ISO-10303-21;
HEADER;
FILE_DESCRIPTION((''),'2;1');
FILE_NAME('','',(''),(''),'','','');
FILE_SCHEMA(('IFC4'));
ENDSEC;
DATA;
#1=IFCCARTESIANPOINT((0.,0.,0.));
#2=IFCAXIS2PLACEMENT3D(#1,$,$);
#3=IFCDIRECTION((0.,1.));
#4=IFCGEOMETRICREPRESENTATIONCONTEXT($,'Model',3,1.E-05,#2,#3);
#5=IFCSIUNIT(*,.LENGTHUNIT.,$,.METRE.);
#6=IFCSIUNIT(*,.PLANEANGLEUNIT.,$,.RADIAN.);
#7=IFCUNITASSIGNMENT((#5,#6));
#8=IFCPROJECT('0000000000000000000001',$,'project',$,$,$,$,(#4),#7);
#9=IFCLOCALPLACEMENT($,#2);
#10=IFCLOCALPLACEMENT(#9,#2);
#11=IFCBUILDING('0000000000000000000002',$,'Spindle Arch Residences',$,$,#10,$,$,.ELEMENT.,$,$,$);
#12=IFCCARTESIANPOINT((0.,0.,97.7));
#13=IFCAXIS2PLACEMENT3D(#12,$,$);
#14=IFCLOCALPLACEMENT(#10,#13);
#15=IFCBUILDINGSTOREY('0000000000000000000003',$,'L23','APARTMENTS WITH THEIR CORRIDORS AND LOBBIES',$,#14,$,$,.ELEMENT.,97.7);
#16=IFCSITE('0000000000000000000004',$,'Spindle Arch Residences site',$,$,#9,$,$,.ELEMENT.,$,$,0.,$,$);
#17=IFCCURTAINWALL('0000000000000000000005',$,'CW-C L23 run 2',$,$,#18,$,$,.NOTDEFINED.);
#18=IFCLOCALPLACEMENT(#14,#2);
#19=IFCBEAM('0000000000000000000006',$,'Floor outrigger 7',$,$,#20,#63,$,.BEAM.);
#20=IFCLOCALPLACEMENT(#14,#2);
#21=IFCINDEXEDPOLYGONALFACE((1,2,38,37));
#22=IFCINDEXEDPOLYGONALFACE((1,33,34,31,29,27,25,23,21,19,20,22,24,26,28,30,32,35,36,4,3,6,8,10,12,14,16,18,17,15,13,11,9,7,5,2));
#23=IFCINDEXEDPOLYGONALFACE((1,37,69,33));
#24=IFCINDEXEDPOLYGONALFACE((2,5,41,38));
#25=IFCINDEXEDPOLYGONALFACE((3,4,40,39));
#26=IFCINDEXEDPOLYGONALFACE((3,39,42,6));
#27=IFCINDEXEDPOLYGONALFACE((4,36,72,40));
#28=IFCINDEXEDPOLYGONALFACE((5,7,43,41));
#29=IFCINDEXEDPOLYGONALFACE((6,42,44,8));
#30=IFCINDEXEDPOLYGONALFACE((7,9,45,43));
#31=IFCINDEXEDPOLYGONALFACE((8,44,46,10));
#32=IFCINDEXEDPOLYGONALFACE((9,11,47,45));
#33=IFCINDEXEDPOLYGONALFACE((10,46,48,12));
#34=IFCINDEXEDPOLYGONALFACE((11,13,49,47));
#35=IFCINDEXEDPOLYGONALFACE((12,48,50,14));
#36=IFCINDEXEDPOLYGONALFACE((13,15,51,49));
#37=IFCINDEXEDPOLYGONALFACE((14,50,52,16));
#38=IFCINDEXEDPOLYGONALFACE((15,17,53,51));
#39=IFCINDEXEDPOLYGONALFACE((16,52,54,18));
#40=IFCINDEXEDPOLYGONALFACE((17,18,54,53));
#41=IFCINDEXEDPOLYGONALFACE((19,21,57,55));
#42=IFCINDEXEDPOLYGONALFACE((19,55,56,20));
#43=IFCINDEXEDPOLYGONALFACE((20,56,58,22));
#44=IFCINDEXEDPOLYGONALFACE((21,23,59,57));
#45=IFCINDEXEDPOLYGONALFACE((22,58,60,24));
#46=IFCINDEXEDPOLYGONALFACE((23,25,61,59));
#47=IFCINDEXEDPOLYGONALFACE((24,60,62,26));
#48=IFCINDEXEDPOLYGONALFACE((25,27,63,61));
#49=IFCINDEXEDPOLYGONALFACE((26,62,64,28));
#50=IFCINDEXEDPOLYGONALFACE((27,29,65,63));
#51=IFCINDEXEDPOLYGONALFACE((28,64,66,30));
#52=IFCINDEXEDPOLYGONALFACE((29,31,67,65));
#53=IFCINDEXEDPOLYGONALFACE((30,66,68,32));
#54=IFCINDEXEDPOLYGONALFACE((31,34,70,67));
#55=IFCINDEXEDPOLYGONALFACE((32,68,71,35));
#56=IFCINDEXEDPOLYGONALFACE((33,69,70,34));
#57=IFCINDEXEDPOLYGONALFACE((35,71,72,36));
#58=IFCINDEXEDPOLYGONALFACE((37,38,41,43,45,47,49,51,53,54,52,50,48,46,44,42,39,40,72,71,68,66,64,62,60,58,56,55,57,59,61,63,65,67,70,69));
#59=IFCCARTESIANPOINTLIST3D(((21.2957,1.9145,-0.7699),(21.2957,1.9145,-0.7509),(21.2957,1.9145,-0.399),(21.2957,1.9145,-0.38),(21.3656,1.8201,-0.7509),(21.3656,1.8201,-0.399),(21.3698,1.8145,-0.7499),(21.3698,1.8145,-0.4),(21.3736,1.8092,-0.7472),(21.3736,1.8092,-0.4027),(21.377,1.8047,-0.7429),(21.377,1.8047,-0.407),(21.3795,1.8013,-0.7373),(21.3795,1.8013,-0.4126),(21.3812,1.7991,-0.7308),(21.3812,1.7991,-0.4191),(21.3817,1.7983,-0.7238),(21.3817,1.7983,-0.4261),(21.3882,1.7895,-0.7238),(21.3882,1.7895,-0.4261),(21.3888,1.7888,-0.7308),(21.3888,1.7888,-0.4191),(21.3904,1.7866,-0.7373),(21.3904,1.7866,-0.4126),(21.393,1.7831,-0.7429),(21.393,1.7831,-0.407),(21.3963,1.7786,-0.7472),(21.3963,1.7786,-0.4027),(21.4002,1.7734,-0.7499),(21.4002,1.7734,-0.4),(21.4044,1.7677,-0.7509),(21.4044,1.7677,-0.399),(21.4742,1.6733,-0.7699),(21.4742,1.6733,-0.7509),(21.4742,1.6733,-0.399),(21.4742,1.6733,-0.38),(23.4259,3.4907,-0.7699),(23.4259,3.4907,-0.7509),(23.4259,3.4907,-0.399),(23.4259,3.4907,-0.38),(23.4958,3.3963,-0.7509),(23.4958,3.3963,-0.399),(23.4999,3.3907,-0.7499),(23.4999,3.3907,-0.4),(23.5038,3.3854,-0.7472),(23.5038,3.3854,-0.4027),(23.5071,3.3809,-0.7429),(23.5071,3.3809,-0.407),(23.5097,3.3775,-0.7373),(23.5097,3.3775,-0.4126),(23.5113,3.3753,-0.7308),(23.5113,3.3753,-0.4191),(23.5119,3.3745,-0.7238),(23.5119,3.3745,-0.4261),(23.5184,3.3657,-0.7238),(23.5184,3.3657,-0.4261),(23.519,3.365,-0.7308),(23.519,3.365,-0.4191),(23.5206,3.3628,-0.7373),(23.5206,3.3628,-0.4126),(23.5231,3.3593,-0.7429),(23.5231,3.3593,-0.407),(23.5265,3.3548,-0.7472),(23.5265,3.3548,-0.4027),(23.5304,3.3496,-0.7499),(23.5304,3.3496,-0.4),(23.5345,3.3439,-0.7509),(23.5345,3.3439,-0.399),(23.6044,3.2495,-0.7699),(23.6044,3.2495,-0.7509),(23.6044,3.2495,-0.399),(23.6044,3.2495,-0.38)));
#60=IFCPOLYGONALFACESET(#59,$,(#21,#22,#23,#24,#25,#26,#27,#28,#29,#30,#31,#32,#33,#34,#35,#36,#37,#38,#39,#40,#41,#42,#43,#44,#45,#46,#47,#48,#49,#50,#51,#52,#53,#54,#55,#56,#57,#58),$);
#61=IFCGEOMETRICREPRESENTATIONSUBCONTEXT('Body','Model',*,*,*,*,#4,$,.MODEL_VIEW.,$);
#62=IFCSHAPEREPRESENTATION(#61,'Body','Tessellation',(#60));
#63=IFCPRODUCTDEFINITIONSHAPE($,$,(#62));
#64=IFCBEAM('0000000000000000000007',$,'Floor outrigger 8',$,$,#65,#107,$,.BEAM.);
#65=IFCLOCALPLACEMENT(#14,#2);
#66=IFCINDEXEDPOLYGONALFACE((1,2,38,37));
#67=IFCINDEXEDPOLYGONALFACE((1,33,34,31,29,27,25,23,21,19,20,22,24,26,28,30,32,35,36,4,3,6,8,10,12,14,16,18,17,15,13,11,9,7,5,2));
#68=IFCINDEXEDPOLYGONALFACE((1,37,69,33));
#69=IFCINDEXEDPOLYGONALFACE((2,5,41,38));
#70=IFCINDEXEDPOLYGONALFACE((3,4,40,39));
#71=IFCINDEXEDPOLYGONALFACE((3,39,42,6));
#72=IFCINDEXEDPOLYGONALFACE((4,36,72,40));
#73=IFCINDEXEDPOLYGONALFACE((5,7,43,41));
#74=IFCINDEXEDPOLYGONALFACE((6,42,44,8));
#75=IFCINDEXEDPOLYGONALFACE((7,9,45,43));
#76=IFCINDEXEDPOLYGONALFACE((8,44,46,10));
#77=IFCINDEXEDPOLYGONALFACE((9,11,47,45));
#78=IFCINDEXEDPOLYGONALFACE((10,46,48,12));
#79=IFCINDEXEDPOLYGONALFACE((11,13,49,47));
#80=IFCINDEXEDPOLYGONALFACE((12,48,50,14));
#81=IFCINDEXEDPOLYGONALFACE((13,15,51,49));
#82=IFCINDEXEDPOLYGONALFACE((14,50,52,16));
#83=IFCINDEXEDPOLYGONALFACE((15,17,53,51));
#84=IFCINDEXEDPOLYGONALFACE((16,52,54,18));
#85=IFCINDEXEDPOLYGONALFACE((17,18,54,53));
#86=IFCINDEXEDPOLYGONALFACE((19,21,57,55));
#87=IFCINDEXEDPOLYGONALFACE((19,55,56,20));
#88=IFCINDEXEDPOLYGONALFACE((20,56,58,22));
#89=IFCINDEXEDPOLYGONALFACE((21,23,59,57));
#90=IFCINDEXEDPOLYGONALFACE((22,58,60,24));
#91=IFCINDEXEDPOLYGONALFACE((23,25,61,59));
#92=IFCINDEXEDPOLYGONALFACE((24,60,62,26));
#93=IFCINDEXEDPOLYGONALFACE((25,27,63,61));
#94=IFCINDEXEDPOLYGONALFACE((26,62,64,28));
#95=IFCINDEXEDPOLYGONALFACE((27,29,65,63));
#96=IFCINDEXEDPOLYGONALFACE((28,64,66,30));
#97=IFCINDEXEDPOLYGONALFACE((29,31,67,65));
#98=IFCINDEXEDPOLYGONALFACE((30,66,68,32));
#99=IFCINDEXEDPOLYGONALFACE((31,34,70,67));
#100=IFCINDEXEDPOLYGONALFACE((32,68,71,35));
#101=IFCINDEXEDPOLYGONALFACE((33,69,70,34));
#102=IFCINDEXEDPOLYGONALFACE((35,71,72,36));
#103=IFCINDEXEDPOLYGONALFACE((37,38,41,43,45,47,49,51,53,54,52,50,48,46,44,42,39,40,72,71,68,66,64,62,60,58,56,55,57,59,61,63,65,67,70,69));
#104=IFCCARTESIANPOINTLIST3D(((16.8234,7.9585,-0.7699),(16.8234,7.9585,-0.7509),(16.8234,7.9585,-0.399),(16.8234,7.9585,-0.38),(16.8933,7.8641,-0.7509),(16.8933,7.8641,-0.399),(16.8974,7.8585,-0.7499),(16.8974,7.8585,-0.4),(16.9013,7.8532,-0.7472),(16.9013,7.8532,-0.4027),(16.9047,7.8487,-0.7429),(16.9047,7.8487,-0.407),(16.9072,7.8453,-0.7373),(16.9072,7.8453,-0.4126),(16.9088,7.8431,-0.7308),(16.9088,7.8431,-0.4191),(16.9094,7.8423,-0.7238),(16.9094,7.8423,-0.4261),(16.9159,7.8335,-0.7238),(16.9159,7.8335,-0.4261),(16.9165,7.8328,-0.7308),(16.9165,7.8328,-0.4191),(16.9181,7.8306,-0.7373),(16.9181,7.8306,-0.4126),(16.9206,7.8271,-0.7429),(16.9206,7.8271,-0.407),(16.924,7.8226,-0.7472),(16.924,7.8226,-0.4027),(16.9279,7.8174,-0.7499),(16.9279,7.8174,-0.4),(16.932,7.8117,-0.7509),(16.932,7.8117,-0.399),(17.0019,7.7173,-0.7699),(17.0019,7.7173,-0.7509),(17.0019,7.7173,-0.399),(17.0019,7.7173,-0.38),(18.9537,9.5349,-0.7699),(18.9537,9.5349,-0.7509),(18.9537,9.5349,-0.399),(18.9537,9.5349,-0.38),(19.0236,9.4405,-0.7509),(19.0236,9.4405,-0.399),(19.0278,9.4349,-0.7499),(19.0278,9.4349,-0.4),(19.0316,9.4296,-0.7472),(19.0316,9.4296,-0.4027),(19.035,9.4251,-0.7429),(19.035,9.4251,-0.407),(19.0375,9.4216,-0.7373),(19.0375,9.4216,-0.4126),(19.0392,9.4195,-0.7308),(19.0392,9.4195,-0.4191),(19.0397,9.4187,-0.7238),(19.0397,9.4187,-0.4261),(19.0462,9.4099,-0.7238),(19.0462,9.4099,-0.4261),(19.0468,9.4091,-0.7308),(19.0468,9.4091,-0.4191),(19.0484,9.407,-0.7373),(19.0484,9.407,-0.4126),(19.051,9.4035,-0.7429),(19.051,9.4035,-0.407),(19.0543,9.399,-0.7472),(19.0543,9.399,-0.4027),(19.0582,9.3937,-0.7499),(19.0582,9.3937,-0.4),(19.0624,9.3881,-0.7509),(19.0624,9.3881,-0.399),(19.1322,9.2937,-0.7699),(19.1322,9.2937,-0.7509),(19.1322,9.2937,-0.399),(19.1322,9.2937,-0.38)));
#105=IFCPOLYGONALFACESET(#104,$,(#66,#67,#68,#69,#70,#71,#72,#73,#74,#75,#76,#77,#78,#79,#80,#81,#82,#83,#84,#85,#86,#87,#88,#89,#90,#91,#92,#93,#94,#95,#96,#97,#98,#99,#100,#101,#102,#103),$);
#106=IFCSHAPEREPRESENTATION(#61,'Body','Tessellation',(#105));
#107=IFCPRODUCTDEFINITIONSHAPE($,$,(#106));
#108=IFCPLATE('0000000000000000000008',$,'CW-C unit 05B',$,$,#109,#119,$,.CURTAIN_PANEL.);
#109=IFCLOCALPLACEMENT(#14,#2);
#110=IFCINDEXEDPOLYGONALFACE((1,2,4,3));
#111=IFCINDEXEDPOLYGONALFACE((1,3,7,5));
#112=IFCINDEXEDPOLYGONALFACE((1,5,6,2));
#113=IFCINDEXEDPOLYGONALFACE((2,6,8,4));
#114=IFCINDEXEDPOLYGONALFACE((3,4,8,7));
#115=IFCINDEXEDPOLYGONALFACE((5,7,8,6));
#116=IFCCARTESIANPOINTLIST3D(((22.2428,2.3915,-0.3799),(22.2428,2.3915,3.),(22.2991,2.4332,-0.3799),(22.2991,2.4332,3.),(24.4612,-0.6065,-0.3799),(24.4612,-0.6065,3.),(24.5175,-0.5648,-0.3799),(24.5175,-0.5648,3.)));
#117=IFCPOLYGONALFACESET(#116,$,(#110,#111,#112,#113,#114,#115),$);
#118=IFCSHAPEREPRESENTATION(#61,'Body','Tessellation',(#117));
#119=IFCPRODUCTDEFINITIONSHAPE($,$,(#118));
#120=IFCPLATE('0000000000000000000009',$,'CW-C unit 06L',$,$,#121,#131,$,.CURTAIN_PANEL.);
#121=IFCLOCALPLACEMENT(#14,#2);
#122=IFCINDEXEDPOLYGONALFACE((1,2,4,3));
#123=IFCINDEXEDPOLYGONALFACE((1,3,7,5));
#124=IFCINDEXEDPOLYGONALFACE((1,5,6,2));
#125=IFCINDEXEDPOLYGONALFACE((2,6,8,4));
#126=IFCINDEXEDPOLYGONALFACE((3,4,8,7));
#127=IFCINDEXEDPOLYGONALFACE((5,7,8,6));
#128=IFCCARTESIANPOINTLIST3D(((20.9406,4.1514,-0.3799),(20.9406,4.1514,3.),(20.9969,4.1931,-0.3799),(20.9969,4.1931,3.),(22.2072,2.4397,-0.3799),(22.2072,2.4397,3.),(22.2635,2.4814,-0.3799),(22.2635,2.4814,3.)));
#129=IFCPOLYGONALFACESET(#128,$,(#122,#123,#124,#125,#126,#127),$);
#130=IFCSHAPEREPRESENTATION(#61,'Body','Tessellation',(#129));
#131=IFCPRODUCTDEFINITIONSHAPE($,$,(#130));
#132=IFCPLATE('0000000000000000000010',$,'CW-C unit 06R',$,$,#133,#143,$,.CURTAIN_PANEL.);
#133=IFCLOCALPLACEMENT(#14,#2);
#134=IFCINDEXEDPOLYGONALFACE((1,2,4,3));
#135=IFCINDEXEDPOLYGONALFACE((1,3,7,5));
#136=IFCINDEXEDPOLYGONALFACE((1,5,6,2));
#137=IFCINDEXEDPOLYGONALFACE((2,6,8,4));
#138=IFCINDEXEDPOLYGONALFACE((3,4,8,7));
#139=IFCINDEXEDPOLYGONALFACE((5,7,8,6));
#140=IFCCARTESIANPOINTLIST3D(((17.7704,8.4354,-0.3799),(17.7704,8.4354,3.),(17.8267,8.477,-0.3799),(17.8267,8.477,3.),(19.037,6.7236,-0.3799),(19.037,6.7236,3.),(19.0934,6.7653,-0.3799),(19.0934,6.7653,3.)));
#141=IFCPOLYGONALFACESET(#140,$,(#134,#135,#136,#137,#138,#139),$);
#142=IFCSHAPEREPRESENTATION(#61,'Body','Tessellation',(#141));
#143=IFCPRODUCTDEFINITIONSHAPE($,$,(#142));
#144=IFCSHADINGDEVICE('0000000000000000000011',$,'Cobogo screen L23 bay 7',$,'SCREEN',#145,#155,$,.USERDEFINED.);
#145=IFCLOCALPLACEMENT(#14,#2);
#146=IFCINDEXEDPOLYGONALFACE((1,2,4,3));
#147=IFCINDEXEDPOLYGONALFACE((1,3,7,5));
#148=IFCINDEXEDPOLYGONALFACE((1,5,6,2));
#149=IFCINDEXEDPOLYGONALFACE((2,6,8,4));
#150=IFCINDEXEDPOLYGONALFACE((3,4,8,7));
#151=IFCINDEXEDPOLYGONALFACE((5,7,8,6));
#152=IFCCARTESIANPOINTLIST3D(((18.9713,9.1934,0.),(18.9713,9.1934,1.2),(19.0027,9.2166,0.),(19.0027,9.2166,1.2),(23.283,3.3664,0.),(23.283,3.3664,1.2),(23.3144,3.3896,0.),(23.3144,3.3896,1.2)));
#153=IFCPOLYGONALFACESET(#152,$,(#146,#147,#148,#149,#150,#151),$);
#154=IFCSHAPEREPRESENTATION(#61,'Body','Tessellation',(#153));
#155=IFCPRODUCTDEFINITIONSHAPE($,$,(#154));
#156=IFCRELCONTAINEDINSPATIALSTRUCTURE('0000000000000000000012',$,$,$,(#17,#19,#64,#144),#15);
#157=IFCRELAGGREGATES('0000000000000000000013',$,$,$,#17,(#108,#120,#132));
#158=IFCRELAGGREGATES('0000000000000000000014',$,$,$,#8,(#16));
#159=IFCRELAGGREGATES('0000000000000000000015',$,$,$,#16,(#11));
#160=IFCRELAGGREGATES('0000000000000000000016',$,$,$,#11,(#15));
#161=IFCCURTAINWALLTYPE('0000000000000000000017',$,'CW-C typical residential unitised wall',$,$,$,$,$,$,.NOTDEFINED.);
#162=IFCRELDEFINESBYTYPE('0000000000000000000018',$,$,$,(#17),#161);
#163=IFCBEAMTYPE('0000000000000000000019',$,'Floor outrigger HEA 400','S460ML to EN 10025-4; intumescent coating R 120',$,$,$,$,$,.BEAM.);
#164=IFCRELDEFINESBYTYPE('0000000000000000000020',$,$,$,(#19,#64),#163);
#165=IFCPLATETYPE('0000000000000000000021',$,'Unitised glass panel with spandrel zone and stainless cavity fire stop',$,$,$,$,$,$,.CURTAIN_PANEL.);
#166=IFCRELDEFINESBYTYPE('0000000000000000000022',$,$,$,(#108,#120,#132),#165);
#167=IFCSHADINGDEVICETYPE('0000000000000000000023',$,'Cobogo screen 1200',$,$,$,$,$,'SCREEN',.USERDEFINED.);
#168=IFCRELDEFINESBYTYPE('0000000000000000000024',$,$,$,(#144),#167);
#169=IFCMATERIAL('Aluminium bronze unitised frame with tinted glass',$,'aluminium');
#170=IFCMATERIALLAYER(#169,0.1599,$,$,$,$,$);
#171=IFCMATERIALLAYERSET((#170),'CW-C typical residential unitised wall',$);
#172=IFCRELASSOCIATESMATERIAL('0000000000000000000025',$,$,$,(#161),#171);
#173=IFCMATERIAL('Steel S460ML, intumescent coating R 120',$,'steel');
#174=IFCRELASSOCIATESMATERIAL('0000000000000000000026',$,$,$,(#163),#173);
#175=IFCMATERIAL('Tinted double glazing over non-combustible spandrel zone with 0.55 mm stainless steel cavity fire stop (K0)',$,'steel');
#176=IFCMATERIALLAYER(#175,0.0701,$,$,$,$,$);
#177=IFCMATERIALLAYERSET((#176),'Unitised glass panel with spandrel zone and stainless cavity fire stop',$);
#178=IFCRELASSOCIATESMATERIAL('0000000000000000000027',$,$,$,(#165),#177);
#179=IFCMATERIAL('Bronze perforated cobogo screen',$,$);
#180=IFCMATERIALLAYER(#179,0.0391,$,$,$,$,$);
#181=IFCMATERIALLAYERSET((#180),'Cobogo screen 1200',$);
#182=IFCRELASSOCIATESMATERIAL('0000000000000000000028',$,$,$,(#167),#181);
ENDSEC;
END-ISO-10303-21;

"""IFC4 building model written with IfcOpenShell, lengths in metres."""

from ifc_helpers import new_model, si_unit, direction, frame, origin, origin_2d, place, context, subcontext, project, spatial, rectangle, i_section, extrude, material, layer, layer_set, material_profile, profile_set, type_object, element, aggregate, save


model = new_model("IFC4")

# Units and contexts
model_context = context("Model", 3, precision=1e-05, world=origin(), true_north=direction((0.0, 1.0)))
body_context = subcontext(model_context, "Body", "Model", "MODEL_VIEW")
ifc_project = project(units=[si_unit("LENGTHUNIT", "METRE"), si_unit("PLANEANGLEUNIT", "RADIAN")], contexts=[model_context])

# Site, building, storey
site_placement = place(None, origin())
site = spatial("IfcSite", under=ifc_project, at=site_placement, Name="Spindle Arch Residences site", CompositionType="ELEMENT", RefElevation=0.0)
building_placement = place(site_placement, origin())
building = spatial("IfcBuilding", under=site, at=building_placement, Name="Spindle Arch Residences", CompositionType="ELEMENT")
storey_placement = place(building_placement, frame((0.0, 0.0, 97.7)))
storey = spatial("IfcBuildingStorey", under=building, at=storey_placement, Name="L23", Description="APARTMENTS WITH THEIR CORRIDORS AND LOBBIES", CompositionType="ELEMENT", Elevation=97.7)

# Curtain wall
ifc_material_1 = material(Name="Aluminium bronze unitised frame with tinted glass", Category="aluminium")
ifc_layer_1 = layer(ifc_material_1, 0.1599)
ifc_layer_set_1 = layer_set([ifc_layer_1], Name="CW-C typical residential unitised wall")
curtain_wall_type = type_object("IfcCurtainWallType", Name="CW-C typical residential unitised wall", PredefinedType="NOTDEFINED", material=ifc_layer_set_1)
curtain_wall_placement = place(storey_placement, origin())
curtain_wall = element("IfcCurtainWall", 1, at=curtain_wall_placement, inside=storey, type_object=curtain_wall_type, Name="CW-C L23 run 2", PredefinedType="NOTDEFINED")

# Beams
ifc_material_2 = material(Name="Steel S460ML, intumescent coating R 120", Category="steel")
ifc_material_profile_1 = material_profile(ifc_material_2, i_section(OverallWidth=0.3, OverallDepth=0.3899, WebThickness=0.011, FlangeThickness=0.019, FilletRadius=0.0271, at=origin_2d()), Name="HEA 400")
ifc_profile_set_1 = profile_set([ifc_material_profile_1], Name="Steel S460ML, intumescent coating R 120")
beam_type_1 = type_object("IfcBeamType", Name="Floor outrigger HEA 400", Description="S460ML to EN 10025-4; intumescent coating R 120", PredefinedType="BEAM", material=ifc_profile_set_1)
beam_1_placement = place(storey_placement, frame((23.5151, 3.3701, -0.575), z_axis=(-0.803864, -0.594813, 0.0), x_axis=(0.594813, -0.803864, 0.0)))
element("IfcBeam", 2, at=beam_1_placement, inside=storey, type_object=beam_type_1, Name="Floor outrigger 7", PredefinedType="BEAM", context=body_context, shape_type="SweptSolid", body=[
    extrude(i_section(OverallWidth=0.3, OverallDepth=0.3899, WebThickness=0.011, FlangeThickness=0.019, FilletRadius=0.0271, at=origin_2d()), origin(), (0.0, 0.0, 1.0), 2.6499),
])
beam_2_placement = place(storey_placement, frame((19.043, 9.4143, -0.575), z_axis=(-0.803852, -0.594829, 0.0), x_axis=(0.594829, -0.803852, 0.0)))
element("IfcBeam", 3, at=beam_2_placement, inside=storey, type_object=beam_type_1, Name="Floor outrigger 8", PredefinedType="BEAM", context=body_context, shape_type="SweptSolid", body=[
    extrude(i_section(OverallWidth=0.3, OverallDepth=0.3899, WebThickness=0.011, FlangeThickness=0.019, FilletRadius=0.0271, at=origin_2d()), origin(), (0.0, 0.0, 1.0), 2.6501),
])

# Plates
ifc_material_3 = material(Name="Tinted double glazing over non-combustible spandrel zone with 0.55 mm stainless steel cavity fire stop (K0)", Category="steel")
ifc_layer_2 = layer(ifc_material_3, 0.0701)
ifc_layer_set_2 = layer_set([ifc_layer_2], Name="Unitised glass panel with spandrel zone and stainless cavity fire stop")
plate_type = type_object("IfcPlateType", Name="Unitised glass panel with spandrel zone and stainless cavity fire stop", PredefinedType="CURTAIN_PANEL", material=ifc_layer_set_2)
plate_1_placement = place(storey_placement, frame((23.3801, 0.9133, -0.3799), z_axis=(0.0, 0.0, 1.0), x_axis=(-0.594823, 0.803857, 0.0)))
plate_1 = element("IfcPlate", 4, at=plate_1_placement, type_object=plate_type, Name="CW-C unit 05B", PredefinedType="CURTAIN_PANEL", context=body_context, shape_type="SweptSolid", body=[
    extrude(rectangle(XDim=3.7295, YDim=0.0701, at=origin_2d()), origin(), (0.0, 0.0, 1.0), 3.3799),
])
plate_2_placement = place(storey_placement, frame((21.6021, 3.3164, -0.3799), z_axis=(0.0, 0.0, 1.0), x_axis=(-0.594823, 0.803857, 0.0)))
plate_2 = element("IfcPlate", 5, at=plate_2_placement, type_object=plate_type, Name="CW-C unit 06L", PredefinedType="CURTAIN_PANEL", context=body_context, shape_type="SweptSolid", body=[
    extrude(rectangle(XDim=2.1294, YDim=0.0701, at=origin_2d()), origin(), (0.0, 0.0, 1.0), 3.3799),
])
plate_3_placement = place(storey_placement, frame((18.4319, 7.6003, -0.3799), z_axis=(0.0, 0.0, 1.0), x_axis=(-0.594823, 0.803857, 0.0)))
plate_3 = element("IfcPlate", 6, at=plate_3_placement, type_object=plate_type, Name="CW-C unit 06R", PredefinedType="CURTAIN_PANEL", context=body_context, shape_type="SweptSolid", body=[
    extrude(rectangle(XDim=2.1294, YDim=0.0701, at=origin_2d()), origin(), (0.0, 0.0, 1.0), 3.3799),
])
aggregate(curtain_wall, [plate_1, plate_2, plate_3])

# Shading device
ifc_material_4 = material(Name="Bronze perforated cobogo screen")
ifc_layer_3 = layer(ifc_material_4, 0.0391)
ifc_layer_set_3 = layer_set([ifc_layer_3], Name="Cobogo screen 1200")
shading_device_type = type_object("IfcShadingDeviceType", Name="Cobogo screen 1200", ElementType="SCREEN", PredefinedType="USERDEFINED", material=ifc_layer_set_3)
shading_device_placement = place(storey_placement, frame((21.1428, 6.2915, 0.0), z_axis=(0.0, 0.0, 1.0), x_axis=(-0.594823, 0.803857, 0.0)))
element("IfcShadingDevice", 7, at=shading_device_placement, inside=storey, type_object=shading_device_type, Name="Cobogo screen L23 bay 7", ObjectType="SCREEN", PredefinedType="USERDEFINED", context=body_context, shape_type="SweptSolid", body=[
    extrude(rectangle(XDim=7.2488, YDim=0.0391, at=origin_2d()), origin(), (0.0, 0.0, 1.0), 1.2),
])

save(model, "model.ifc")
